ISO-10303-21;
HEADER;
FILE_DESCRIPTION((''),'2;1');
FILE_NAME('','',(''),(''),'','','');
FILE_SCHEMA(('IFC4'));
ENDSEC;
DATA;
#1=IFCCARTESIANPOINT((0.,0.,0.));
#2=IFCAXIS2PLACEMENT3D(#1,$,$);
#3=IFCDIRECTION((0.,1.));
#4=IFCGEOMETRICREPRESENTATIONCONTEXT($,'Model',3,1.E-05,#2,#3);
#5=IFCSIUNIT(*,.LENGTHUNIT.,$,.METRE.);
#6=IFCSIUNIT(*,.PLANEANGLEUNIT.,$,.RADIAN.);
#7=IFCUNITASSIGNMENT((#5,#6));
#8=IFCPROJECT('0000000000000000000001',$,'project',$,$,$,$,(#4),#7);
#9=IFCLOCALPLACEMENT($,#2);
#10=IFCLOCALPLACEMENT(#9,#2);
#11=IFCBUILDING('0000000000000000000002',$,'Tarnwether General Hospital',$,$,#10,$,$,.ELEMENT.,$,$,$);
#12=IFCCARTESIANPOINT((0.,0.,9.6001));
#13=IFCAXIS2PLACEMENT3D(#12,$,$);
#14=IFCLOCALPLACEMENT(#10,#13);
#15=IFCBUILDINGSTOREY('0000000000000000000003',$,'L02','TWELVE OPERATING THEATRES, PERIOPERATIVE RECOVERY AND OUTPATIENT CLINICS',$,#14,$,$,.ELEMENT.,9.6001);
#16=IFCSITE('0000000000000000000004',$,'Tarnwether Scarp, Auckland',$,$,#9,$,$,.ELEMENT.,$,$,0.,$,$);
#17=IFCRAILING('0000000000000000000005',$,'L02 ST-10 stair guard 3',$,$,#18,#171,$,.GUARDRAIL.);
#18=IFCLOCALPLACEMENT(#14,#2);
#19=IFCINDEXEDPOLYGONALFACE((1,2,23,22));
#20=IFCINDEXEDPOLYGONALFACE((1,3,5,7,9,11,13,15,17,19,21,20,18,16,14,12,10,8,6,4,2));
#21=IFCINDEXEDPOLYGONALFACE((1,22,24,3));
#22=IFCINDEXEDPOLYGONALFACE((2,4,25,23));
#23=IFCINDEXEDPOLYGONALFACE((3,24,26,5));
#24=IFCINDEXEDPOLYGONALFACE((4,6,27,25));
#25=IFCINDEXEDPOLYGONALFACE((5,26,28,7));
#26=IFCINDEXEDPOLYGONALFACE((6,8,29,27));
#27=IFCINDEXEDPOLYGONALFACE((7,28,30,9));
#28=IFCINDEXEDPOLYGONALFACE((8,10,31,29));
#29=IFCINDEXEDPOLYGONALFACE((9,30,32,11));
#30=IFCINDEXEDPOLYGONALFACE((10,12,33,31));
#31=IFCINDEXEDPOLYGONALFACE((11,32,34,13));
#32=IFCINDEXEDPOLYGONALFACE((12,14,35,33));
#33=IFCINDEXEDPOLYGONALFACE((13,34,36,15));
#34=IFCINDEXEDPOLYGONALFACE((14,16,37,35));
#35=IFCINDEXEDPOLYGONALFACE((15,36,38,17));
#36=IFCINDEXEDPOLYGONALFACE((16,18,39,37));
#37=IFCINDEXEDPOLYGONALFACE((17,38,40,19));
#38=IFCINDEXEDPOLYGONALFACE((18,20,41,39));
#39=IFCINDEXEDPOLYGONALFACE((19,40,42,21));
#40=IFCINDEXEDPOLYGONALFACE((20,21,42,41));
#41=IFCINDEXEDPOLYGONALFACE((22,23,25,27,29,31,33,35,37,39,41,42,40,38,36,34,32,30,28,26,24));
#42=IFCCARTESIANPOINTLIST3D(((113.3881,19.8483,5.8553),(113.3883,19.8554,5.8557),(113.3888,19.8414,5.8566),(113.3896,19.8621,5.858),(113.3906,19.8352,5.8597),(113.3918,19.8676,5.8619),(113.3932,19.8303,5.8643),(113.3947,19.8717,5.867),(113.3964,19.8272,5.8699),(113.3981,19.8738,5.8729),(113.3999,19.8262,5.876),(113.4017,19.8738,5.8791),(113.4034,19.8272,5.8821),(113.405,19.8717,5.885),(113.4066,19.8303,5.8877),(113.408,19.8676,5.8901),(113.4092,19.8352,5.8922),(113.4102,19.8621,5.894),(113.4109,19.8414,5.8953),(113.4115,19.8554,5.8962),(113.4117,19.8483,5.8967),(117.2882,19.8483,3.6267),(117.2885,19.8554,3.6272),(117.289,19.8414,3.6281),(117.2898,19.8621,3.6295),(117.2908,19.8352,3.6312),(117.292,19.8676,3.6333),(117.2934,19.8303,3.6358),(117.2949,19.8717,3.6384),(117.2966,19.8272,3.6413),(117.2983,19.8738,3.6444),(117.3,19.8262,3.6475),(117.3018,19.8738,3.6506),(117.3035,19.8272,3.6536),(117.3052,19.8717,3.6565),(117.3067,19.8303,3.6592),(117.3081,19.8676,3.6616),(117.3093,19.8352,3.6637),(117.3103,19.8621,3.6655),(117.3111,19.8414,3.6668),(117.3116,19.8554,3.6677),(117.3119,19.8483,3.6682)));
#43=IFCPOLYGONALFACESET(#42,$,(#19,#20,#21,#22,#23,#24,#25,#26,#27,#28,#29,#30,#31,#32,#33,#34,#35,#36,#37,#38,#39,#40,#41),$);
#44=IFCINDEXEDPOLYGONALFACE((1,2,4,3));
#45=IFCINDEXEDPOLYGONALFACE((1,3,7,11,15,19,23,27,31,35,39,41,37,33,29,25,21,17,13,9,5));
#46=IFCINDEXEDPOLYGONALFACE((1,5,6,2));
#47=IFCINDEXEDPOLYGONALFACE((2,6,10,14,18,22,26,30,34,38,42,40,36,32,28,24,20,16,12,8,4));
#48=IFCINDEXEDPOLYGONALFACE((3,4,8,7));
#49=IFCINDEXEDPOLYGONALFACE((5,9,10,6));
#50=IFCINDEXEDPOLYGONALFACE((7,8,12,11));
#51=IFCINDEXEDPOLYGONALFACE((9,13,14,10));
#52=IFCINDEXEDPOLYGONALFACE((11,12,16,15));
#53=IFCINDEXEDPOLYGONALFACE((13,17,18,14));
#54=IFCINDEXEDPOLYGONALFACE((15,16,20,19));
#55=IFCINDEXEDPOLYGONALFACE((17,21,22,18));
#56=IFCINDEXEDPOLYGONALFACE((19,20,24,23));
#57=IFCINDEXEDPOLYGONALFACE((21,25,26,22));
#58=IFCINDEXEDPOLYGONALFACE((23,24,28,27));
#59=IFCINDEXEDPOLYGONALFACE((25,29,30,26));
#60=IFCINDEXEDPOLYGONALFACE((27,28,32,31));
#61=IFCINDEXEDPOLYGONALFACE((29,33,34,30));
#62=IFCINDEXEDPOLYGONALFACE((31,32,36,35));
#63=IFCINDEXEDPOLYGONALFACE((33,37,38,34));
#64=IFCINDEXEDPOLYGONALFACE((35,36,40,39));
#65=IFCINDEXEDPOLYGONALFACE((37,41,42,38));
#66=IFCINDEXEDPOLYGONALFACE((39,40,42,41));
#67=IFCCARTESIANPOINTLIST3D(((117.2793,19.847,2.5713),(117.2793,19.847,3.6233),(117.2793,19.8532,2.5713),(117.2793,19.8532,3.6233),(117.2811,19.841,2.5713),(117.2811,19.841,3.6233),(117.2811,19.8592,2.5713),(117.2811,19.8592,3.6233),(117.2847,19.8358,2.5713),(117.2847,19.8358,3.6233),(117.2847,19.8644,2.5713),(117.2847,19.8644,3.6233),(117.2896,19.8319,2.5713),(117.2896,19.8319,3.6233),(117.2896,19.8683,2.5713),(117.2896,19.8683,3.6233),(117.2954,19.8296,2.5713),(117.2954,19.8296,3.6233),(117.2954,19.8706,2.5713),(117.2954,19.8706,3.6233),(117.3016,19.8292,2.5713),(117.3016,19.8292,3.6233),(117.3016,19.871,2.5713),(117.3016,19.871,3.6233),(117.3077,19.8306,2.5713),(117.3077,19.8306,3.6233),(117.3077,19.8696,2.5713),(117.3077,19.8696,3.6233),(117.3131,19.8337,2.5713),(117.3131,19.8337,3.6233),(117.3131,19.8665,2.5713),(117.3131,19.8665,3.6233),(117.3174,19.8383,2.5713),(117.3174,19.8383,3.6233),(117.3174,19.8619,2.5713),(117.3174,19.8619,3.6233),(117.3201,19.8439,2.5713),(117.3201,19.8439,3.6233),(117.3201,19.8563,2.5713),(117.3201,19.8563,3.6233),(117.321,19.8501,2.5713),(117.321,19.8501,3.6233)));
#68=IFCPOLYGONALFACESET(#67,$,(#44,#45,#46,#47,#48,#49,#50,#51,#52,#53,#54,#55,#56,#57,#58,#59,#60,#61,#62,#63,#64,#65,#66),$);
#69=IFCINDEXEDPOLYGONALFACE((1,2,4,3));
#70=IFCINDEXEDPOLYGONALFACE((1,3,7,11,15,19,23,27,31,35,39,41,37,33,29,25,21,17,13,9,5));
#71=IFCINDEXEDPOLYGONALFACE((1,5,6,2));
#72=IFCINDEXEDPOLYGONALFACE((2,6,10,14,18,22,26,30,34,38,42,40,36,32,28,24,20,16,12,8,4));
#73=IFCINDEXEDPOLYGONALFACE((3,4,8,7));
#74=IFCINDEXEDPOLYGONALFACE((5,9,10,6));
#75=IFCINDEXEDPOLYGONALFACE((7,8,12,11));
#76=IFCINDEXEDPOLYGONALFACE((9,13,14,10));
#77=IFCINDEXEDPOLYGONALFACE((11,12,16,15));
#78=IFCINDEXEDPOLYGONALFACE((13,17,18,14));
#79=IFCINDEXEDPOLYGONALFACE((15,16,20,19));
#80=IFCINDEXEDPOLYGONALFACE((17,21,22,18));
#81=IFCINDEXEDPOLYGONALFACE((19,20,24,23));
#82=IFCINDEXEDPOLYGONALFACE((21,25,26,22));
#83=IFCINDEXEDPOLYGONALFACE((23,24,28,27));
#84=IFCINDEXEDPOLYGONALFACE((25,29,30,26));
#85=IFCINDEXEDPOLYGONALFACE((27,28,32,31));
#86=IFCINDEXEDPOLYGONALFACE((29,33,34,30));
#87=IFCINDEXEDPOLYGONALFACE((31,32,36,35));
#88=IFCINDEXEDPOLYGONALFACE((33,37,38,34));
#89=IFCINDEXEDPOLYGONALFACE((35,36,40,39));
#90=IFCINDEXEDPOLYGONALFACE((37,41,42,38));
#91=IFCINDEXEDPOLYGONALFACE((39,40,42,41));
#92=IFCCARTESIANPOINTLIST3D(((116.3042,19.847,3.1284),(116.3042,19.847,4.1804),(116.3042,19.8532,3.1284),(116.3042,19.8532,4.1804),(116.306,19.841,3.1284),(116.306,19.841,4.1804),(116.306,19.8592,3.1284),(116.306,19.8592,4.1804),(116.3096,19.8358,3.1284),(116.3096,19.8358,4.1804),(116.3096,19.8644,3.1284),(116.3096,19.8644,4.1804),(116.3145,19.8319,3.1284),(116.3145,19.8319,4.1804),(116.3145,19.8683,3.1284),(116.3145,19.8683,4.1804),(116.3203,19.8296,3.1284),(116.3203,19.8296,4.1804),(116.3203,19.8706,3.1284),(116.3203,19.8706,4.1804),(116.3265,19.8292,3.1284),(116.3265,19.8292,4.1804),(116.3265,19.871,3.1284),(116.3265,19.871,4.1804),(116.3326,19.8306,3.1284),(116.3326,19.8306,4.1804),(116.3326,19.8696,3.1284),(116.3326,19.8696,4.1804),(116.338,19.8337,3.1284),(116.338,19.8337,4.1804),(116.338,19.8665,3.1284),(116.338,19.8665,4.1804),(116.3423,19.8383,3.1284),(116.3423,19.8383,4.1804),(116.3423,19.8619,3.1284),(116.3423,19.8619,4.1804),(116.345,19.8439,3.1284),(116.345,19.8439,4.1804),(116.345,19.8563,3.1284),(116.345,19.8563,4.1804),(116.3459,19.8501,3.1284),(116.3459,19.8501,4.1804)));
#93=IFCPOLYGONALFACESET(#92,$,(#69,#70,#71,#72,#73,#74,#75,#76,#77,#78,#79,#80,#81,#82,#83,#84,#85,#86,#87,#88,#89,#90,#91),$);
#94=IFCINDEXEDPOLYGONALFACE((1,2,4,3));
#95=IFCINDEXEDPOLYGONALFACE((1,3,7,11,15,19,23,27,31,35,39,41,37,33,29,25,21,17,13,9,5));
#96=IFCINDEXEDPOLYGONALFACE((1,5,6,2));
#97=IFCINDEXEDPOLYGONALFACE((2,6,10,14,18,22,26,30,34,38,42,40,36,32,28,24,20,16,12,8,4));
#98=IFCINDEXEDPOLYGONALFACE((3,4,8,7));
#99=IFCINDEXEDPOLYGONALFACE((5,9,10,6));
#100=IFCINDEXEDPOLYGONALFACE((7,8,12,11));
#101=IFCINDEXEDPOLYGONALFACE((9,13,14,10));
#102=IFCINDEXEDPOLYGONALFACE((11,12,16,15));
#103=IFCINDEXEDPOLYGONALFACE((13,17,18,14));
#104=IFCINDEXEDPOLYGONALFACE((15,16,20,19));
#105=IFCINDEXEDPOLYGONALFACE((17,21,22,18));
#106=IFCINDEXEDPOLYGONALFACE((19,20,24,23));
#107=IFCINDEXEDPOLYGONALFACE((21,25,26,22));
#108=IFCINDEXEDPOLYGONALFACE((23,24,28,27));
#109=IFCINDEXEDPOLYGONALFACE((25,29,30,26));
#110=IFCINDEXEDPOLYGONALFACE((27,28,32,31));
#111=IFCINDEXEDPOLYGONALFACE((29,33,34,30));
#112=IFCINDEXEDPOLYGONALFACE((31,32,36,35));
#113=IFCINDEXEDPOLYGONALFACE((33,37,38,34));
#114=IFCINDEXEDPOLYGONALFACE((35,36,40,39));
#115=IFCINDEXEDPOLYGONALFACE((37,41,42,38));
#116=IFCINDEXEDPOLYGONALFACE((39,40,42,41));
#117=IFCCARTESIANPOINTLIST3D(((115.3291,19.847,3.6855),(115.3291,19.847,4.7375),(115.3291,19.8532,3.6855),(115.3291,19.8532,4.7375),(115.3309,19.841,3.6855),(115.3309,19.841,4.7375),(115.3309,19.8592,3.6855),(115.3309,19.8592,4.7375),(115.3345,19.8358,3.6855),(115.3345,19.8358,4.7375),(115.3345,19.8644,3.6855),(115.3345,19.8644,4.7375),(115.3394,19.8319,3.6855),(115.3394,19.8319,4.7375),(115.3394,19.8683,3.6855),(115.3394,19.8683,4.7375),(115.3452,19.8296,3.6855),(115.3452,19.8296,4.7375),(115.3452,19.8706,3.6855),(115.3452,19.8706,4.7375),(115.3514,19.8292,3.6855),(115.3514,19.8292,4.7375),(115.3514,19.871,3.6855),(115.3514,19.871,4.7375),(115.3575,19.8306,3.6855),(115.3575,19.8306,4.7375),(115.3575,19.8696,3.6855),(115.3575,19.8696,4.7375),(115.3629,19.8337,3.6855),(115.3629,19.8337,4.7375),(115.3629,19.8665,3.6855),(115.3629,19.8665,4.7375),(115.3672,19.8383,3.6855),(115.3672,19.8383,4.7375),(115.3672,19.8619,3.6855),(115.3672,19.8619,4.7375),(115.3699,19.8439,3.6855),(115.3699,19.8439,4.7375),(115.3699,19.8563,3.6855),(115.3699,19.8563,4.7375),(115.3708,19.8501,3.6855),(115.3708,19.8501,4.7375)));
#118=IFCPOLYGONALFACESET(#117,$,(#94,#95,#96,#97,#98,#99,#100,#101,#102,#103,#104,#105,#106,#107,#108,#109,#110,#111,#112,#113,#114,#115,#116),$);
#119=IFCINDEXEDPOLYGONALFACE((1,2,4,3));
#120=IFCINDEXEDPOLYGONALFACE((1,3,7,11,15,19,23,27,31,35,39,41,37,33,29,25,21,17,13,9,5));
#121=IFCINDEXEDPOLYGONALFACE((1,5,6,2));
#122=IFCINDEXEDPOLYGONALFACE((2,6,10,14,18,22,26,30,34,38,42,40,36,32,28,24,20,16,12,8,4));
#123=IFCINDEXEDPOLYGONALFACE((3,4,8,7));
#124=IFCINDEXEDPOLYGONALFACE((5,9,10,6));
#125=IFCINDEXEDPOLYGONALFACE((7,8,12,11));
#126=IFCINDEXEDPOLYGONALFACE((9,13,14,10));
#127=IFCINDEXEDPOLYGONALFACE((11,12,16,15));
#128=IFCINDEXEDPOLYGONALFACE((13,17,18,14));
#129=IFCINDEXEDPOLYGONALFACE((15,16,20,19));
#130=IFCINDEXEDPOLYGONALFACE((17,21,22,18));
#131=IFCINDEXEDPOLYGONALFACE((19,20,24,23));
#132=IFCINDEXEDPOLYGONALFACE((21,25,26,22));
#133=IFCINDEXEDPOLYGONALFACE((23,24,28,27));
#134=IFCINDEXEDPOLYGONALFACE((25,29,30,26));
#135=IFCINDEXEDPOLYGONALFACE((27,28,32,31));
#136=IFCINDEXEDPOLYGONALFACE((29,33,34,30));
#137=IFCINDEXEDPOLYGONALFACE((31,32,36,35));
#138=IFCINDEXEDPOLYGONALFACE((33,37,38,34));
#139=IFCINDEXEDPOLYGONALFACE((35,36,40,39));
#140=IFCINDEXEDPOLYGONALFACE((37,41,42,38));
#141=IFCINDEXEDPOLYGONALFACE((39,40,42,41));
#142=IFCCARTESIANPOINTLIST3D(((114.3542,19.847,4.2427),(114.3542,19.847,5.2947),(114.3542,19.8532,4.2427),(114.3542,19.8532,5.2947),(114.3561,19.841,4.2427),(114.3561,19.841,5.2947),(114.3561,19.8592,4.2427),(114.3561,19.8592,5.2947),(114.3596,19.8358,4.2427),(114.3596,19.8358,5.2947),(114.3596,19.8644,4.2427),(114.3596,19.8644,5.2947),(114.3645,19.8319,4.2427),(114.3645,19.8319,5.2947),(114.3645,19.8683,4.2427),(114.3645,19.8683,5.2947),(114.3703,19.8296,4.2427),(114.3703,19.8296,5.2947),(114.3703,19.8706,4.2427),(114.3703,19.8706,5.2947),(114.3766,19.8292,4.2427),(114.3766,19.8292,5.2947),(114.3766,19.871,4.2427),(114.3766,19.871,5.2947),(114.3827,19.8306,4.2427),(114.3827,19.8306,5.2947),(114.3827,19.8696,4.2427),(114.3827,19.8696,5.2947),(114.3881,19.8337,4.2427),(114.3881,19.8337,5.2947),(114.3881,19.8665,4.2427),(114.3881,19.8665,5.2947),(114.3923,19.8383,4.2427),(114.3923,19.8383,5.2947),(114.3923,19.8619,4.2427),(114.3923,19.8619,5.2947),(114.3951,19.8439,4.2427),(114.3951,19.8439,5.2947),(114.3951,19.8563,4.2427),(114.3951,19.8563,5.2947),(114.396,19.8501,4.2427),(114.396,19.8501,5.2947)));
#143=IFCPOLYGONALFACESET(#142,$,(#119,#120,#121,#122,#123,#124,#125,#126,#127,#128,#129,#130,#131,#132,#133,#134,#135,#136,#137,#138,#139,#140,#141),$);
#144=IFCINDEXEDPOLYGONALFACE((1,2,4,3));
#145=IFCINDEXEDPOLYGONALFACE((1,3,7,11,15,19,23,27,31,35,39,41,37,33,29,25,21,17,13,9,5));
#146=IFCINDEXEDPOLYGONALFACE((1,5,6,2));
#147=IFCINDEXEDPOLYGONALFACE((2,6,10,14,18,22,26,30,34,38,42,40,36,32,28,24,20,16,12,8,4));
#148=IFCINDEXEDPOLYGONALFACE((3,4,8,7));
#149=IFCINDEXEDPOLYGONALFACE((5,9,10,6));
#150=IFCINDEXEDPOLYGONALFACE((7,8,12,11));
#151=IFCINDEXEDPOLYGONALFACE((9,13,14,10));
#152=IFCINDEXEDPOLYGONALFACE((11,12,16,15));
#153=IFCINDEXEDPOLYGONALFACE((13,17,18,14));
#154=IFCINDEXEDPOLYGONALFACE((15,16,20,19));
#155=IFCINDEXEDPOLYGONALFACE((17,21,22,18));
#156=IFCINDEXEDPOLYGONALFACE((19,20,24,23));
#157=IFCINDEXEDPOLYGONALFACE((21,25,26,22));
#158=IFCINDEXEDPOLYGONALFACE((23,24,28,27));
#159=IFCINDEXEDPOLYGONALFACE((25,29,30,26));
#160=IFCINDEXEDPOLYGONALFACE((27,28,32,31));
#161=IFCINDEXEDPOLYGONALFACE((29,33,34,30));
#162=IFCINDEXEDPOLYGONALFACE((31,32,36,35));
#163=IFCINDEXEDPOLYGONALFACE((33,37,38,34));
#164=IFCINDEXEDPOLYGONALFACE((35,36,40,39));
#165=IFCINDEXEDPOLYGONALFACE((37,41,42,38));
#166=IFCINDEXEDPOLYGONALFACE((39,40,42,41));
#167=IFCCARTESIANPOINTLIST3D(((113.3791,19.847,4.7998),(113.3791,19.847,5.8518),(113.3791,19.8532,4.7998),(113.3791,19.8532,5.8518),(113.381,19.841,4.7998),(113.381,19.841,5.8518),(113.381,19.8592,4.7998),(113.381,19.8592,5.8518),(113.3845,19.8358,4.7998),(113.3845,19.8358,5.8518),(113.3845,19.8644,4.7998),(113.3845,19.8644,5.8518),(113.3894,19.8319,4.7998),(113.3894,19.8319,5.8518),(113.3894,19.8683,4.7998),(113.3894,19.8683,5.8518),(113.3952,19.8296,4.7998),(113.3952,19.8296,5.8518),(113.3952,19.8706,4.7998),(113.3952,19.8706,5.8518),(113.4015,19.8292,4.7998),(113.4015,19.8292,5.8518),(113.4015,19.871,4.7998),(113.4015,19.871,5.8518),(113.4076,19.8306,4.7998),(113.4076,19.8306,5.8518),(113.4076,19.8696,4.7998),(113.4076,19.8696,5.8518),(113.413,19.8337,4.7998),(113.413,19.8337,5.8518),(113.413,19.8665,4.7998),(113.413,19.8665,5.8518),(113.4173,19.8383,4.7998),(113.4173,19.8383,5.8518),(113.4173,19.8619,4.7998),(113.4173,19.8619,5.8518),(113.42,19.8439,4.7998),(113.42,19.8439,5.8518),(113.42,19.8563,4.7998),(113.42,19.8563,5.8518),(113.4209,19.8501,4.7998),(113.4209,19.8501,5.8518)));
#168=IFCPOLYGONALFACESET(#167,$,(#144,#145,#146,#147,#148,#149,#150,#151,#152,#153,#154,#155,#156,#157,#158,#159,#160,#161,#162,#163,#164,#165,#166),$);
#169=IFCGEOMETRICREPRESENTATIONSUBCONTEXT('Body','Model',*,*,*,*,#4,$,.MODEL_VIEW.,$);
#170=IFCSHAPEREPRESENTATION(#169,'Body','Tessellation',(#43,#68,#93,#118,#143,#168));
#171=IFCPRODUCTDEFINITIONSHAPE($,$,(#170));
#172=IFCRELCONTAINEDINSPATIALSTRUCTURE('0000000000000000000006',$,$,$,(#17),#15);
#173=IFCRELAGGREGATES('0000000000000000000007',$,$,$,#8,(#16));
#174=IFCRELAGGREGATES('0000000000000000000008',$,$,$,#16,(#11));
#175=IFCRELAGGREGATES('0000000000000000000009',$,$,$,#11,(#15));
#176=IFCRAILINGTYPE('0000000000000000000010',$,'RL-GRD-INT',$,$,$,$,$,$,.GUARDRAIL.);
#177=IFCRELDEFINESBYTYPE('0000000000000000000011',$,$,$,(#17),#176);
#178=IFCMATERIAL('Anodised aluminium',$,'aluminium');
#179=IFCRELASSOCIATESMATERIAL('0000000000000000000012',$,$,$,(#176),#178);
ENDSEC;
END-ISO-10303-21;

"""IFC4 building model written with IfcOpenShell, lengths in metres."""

from ifc_helpers import new_model, si_unit, direction, frame, origin, origin_2d, place, context, subcontext, project, spatial, circle, extrude, material, type_object, element, save


model = new_model("IFC4")

# Units and contexts
model_context = context("Model", 3, precision=1e-05, world=origin(), true_north=direction((0.0, 1.0)))
body_context = subcontext(model_context, "Body", "Model", "MODEL_VIEW")
ifc_project = project(units=[si_unit("LENGTHUNIT", "METRE"), si_unit("PLANEANGLEUNIT", "RADIAN")], contexts=[model_context])

# Site, building, storey
site_placement = place(None, origin())
site = spatial("IfcSite", under=ifc_project, at=site_placement, Name="Tarnwether Scarp, Auckland", CompositionType="ELEMENT", RefElevation=0.0)
building_placement = place(site_placement, origin())
building = spatial("IfcBuilding", under=site, at=building_placement, Name="Tarnwether General Hospital", CompositionType="ELEMENT")
storey_placement = place(building_placement, frame((0.0, 0.0, 9.6001)))
storey = spatial("IfcBuildingStorey", under=building, at=storey_placement, Name="L02", Description="TWELVE OPERATING THEATRES, PERIOPERATIVE RECOVERY AND OUTPATIENT CLINICS", CompositionType="ELEMENT", Elevation=9.6001)

# Railing
ifc_material_1 = material(Name="Anodised aluminium", Category="aluminium")
railing_type_1 = type_object("IfcRailingType", Name="RL-GRD-INT", PredefinedType="GUARDRAIL", material=ifc_material_1)
railing_1_placement = place(storey_placement, frame((117.3, 19.8501, 2.5713)))
element("IfcRailing", 1, at=railing_1_placement, inside=storey, type_object=railing_type_1, Name="L02 ST-10 stair guard 3", PredefinedType="GUARDRAIL", context=body_context, shape_type="SweptSolid", body=[
    extrude(circle(Radius=0.0239, at=origin_2d()), frame((0.0, 0.0, 1.0762), z_axis=(-0.868257, 0.0, 0.496116), x_axis=(0.0, -1.0, 0.0)), (0.0, 0.0, 1.0), 4.4919),
    extrude(circle(Radius=0.021, at=origin_2d()), origin(), (0.0, 0.0, 1.0), 1.052),
    extrude(circle(Radius=0.021, at=origin_2d()), frame((-0.9751, 0.0, 0.5571)), (0.0, 0.0, 1.0), 1.052),
    extrude(circle(Radius=0.021, at=origin_2d()), frame((-1.9502, 0.0, 1.1143)), (0.0, 0.0, 1.0), 1.052),
    extrude(circle(Radius=0.021, at=origin_2d()), frame((-2.925, 0.0, 1.6714)), (0.0, 0.0, 1.0), 1.052),
    extrude(circle(Radius=0.021, at=origin_2d()), frame((-3.9001, 0.0, 2.2285)), (0.0, 0.0, 1.0), 1.052),
])

save(model, "model.ifc")
